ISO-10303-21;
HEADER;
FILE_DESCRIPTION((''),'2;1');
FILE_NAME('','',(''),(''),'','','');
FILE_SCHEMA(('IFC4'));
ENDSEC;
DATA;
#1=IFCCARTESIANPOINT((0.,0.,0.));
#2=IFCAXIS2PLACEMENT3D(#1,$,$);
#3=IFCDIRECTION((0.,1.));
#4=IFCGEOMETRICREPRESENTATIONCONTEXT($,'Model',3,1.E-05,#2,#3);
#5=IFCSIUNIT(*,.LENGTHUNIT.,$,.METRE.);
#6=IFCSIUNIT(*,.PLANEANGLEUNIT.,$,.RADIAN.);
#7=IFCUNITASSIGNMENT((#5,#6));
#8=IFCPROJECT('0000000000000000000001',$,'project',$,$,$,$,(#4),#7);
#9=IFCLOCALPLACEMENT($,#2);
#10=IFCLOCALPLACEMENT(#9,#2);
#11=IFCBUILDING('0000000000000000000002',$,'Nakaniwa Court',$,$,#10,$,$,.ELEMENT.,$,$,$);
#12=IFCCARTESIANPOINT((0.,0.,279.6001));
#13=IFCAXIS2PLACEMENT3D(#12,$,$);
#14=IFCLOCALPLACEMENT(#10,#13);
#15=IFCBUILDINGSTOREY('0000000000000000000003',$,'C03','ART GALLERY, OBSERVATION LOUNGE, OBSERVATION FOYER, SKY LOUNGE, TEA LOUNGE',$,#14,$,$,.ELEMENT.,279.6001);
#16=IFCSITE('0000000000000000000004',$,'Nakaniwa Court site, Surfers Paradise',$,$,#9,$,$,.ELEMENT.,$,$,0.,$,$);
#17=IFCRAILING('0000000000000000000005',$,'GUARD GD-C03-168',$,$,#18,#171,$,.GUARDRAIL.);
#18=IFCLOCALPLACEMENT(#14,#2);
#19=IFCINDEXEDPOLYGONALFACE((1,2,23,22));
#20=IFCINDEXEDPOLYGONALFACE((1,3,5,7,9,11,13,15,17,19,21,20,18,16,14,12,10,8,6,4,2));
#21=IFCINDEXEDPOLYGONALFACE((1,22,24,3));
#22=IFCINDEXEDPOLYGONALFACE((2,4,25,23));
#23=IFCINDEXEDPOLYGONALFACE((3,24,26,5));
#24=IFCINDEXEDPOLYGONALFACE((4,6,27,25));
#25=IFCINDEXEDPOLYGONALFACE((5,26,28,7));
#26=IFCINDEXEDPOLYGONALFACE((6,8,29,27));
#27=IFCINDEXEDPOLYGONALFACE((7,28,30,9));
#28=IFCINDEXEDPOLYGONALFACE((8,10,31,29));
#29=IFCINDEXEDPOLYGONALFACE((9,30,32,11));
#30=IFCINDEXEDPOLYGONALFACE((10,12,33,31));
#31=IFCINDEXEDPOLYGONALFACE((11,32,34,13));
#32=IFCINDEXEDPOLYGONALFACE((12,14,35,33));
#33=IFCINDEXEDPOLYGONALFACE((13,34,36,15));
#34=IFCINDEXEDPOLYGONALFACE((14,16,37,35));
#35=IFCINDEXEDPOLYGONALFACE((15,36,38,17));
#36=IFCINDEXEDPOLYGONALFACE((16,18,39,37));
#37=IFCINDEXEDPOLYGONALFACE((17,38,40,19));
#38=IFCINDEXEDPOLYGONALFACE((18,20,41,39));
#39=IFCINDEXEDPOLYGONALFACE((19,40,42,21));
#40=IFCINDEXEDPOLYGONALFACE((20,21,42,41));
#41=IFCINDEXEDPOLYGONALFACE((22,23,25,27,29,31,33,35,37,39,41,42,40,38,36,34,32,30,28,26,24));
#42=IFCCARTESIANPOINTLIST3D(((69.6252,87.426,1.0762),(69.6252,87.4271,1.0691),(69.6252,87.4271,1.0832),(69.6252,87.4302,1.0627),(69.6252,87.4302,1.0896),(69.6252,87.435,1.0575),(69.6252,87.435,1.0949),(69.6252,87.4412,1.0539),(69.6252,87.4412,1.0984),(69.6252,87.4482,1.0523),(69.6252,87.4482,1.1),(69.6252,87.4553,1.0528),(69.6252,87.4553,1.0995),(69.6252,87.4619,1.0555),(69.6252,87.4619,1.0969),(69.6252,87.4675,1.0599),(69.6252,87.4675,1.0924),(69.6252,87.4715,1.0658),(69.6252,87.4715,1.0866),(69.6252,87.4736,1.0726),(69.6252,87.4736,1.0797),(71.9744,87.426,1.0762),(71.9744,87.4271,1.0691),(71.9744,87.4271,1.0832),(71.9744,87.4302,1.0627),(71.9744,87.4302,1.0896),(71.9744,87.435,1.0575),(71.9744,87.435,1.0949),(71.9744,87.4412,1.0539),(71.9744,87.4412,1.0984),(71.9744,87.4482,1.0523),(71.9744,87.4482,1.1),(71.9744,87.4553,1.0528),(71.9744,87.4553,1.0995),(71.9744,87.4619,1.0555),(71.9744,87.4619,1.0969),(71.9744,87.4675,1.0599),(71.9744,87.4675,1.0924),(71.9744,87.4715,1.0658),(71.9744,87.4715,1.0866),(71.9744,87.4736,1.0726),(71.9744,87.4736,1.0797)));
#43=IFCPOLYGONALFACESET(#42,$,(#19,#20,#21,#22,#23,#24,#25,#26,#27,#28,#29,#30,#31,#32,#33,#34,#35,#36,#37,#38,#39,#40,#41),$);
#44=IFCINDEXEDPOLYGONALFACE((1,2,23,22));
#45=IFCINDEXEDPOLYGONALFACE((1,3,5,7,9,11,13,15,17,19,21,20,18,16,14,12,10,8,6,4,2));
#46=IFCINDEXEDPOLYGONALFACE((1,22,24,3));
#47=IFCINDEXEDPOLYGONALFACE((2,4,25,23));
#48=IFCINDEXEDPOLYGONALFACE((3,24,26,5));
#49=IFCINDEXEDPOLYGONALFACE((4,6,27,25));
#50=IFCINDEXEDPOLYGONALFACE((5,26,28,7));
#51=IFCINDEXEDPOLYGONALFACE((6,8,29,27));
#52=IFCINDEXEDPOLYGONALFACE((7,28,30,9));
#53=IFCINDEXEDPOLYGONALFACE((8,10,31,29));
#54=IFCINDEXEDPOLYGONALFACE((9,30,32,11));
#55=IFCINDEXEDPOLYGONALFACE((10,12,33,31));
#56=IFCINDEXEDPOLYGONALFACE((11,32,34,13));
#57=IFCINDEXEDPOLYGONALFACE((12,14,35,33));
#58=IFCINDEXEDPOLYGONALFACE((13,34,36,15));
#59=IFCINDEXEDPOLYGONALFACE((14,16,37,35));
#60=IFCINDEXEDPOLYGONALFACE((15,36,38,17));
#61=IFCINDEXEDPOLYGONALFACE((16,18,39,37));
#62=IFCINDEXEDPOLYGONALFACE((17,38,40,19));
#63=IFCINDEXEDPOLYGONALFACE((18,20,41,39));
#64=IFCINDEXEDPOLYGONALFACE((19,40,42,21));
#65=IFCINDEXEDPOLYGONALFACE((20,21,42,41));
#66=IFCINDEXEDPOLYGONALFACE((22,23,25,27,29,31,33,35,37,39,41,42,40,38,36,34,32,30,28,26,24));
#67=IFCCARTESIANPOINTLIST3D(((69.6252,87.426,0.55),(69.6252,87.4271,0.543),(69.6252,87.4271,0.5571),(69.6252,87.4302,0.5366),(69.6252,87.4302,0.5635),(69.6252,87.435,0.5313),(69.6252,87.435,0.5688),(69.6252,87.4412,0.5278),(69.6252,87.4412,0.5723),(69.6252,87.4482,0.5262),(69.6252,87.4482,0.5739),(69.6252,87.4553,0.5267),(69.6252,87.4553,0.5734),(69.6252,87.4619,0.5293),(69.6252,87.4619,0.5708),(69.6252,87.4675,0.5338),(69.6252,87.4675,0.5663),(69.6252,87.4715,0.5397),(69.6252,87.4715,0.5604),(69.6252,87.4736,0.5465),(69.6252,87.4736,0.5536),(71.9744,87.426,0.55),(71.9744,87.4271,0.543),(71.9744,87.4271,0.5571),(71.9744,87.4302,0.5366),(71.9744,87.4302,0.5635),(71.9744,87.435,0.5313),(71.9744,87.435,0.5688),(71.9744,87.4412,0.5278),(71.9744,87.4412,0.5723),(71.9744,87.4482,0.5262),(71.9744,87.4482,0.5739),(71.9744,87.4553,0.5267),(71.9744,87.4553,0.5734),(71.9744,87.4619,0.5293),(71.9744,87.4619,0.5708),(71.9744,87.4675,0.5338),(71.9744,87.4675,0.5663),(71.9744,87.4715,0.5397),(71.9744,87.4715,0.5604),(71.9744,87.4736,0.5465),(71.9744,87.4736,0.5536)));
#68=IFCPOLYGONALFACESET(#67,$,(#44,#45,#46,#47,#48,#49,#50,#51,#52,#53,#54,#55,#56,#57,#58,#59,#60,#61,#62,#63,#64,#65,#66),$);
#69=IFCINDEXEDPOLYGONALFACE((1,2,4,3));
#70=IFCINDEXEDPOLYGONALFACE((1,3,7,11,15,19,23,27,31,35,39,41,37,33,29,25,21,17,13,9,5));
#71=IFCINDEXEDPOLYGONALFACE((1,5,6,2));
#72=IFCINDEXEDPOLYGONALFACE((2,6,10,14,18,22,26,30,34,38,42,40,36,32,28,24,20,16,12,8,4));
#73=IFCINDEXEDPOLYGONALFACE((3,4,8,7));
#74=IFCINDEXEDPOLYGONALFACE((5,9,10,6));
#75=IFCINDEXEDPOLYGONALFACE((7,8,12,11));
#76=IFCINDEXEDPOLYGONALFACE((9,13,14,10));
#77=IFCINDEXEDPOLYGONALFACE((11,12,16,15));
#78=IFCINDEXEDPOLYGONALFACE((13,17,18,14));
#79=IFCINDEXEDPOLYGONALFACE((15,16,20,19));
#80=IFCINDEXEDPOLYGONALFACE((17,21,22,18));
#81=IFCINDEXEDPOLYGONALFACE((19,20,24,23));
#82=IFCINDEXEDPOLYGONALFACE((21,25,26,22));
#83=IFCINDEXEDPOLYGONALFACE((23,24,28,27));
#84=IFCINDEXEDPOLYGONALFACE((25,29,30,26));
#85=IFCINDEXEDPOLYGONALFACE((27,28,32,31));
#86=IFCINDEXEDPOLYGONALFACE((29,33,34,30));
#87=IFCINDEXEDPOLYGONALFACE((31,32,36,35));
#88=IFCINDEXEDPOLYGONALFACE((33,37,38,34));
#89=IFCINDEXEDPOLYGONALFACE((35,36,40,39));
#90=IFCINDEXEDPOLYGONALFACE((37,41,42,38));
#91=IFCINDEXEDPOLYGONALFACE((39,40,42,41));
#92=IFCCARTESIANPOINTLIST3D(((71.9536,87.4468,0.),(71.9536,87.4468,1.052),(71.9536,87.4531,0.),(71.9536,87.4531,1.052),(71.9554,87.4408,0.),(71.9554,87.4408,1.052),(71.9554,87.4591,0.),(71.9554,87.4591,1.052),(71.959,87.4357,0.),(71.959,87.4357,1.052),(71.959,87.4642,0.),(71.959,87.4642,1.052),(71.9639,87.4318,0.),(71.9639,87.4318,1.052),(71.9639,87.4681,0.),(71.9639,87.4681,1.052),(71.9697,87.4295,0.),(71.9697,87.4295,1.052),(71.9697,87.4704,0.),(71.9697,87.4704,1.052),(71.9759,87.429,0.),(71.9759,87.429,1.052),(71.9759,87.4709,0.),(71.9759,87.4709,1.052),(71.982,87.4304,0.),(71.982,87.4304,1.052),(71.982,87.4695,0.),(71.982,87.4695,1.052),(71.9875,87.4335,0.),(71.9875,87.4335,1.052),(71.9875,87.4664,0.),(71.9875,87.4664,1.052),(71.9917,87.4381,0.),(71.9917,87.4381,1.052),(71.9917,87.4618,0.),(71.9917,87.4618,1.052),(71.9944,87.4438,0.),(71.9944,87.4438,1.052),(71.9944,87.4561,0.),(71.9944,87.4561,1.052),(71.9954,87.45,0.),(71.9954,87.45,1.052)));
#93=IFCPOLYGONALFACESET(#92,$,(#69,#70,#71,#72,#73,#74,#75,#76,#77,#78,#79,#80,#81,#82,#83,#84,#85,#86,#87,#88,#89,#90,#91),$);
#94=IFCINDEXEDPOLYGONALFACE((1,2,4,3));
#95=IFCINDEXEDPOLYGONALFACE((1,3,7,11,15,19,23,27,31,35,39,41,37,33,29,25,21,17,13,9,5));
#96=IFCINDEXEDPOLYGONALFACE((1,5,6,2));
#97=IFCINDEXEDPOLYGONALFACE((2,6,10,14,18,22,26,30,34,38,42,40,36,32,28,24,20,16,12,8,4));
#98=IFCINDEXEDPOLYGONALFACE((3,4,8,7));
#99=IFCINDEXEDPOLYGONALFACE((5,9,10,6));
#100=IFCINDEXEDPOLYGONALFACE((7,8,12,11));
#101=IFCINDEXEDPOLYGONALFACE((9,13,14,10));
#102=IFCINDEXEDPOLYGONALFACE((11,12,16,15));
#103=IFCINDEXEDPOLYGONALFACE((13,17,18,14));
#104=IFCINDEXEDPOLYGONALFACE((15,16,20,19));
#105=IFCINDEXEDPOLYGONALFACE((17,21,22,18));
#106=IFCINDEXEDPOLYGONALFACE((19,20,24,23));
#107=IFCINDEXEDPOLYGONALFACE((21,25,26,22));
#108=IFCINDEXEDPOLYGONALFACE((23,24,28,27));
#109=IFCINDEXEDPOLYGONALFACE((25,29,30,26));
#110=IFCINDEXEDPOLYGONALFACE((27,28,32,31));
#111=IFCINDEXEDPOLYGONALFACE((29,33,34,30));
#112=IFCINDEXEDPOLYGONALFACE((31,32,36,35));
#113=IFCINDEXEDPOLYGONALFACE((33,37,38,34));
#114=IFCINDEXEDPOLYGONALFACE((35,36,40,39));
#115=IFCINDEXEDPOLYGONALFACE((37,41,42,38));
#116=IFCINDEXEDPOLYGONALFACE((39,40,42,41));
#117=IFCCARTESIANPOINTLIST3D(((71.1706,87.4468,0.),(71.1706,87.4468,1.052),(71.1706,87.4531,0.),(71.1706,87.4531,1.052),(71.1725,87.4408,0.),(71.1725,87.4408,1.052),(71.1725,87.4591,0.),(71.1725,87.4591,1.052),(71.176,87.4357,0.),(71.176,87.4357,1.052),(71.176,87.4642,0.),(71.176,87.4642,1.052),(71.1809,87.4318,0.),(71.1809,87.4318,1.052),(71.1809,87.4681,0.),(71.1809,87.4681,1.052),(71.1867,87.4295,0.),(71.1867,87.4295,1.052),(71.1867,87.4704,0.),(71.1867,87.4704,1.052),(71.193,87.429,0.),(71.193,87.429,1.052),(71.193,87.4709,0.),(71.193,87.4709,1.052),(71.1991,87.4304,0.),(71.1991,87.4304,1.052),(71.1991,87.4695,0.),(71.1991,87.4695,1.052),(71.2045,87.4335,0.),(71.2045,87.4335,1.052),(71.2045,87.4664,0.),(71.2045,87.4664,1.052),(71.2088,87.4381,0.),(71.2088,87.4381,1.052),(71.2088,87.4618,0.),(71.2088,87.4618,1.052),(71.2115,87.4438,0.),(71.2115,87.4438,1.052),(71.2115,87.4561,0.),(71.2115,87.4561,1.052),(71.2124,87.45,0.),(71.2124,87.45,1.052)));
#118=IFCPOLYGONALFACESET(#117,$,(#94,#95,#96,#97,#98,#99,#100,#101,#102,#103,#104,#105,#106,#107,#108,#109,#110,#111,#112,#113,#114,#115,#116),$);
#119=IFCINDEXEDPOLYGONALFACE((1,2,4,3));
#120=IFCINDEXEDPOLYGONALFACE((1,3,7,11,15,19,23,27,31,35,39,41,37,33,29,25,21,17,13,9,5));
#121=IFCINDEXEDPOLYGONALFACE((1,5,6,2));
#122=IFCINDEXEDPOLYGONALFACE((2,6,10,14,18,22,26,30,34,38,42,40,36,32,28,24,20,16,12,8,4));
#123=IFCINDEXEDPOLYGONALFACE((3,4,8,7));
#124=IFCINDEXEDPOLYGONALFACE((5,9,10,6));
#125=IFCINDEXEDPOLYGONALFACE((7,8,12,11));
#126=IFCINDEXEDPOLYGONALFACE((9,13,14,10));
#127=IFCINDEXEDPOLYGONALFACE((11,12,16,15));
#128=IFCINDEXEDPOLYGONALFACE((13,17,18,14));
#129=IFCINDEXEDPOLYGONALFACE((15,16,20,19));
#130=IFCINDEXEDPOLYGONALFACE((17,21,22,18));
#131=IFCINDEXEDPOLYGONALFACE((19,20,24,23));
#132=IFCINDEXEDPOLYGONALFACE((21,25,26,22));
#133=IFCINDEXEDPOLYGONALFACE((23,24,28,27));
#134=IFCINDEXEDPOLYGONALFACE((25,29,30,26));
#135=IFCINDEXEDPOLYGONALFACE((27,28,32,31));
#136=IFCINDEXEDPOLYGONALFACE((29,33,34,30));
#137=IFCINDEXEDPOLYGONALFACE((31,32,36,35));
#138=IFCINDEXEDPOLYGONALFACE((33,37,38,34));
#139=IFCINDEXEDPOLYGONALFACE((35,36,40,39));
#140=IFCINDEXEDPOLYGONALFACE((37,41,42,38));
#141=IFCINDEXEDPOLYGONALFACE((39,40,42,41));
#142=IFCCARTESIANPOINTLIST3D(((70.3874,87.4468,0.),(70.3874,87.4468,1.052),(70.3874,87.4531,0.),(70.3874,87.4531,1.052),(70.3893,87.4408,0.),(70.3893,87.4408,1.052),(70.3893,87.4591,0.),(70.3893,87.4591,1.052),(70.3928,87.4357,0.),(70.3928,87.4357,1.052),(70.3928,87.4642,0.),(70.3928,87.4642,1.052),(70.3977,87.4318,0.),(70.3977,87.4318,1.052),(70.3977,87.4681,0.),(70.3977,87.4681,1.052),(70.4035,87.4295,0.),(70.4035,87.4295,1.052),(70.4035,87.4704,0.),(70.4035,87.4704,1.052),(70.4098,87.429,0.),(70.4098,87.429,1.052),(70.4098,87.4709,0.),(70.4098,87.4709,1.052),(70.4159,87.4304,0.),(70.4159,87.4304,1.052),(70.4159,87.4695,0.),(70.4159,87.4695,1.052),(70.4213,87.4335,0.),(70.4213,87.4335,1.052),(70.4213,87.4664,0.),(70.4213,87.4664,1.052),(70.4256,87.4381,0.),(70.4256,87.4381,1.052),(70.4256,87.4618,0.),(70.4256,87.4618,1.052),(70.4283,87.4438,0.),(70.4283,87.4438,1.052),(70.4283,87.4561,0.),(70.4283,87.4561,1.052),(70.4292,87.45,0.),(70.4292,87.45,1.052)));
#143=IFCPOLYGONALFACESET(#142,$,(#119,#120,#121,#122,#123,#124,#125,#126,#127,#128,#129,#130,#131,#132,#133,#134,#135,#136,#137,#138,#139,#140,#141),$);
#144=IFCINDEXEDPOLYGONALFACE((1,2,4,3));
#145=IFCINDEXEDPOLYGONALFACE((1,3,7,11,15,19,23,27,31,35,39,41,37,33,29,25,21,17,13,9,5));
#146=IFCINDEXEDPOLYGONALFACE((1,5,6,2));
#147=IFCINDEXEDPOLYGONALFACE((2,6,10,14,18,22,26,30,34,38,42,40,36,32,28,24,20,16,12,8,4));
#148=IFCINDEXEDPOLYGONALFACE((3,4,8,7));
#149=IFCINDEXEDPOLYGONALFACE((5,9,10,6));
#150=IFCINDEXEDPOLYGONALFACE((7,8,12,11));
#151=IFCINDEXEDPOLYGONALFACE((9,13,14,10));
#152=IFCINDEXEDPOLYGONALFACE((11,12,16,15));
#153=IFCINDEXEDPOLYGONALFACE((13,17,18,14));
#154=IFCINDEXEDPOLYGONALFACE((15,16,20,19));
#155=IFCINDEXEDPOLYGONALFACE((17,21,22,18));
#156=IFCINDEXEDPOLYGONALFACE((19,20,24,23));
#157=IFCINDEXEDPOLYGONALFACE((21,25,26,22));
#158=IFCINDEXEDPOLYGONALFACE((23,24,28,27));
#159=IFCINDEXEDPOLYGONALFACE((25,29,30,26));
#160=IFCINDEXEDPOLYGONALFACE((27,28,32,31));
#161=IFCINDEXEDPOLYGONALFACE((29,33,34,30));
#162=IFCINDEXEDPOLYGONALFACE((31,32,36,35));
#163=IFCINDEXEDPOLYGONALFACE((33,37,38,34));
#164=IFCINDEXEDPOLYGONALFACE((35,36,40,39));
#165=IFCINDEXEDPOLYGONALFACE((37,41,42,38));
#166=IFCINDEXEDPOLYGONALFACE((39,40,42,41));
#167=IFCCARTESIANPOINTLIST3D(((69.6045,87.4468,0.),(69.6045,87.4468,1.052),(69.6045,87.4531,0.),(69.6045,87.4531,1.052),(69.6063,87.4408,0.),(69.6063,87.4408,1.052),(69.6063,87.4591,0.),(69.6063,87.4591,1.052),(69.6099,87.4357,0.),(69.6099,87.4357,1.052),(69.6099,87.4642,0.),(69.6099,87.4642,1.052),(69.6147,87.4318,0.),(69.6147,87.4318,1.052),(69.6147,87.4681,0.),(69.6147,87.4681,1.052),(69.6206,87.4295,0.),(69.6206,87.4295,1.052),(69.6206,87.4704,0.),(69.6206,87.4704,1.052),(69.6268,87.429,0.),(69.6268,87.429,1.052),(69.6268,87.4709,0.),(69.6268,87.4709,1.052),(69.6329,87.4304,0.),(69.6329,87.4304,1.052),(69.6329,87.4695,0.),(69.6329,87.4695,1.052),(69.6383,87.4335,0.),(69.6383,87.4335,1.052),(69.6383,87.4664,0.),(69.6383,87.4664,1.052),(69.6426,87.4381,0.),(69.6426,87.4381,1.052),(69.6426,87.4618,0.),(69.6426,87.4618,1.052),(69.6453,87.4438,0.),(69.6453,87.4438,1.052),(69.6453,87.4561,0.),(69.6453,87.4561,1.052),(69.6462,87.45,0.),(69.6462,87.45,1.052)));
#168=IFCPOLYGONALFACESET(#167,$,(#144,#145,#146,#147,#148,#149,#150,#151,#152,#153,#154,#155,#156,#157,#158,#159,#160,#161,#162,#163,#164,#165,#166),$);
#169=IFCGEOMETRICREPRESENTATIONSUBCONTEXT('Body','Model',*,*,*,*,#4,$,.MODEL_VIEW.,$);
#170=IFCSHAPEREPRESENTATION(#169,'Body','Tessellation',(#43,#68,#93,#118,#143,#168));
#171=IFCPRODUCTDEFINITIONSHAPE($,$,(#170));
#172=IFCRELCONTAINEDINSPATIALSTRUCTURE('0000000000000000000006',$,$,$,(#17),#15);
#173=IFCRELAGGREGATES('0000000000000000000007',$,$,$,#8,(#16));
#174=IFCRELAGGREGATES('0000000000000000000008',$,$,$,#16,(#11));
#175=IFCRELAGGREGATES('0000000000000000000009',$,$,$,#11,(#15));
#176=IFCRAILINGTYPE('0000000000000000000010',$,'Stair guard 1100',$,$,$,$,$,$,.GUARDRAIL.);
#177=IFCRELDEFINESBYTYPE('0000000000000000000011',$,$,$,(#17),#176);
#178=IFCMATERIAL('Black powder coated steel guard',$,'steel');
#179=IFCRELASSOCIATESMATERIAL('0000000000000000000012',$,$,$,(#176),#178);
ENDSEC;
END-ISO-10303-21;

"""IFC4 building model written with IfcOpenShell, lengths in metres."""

from ifc_helpers import new_model, si_unit, direction, frame, origin, origin_2d, place, context, subcontext, project, spatial, circle, extrude, material, type_object, element, save


model = new_model("IFC4")

# Units and contexts
model_context = context("Model", 3, precision=1e-05, world=origin(), true_north=direction((0.0, 1.0)))
body_context = subcontext(model_context, "Body", "Model", "MODEL_VIEW")
ifc_project = project(units=[si_unit("LENGTHUNIT", "METRE"), si_unit("PLANEANGLEUNIT", "RADIAN")], contexts=[model_context])

# Site, building, storey
site_placement = place(None, origin())
site = spatial("IfcSite", under=ifc_project, at=site_placement, Name="Nakaniwa Court site, Surfers Paradise", CompositionType="ELEMENT", RefElevation=0.0)
building_placement = place(site_placement, origin())
building = spatial("IfcBuilding", under=site, at=building_placement, Name="Nakaniwa Court", CompositionType="ELEMENT")
storey_placement = place(building_placement, frame((0.0, 0.0, 279.6001)))
storey = spatial("IfcBuildingStorey", under=building, at=storey_placement, Name="C03", Description="ART GALLERY, OBSERVATION LOUNGE, OBSERVATION FOYER, SKY LOUNGE, TEA LOUNGE", CompositionType="ELEMENT", Elevation=279.6001)

# Railing
ifc_material_1 = material(Name="Black powder coated steel guard", Category="steel")
railing_type = type_object("IfcRailingType", Name="Stair guard 1100", PredefinedType="GUARDRAIL", material=ifc_material_1)
railing_placement = place(storey_placement, frame((71.9744, 87.45, 0.0)))
element("IfcRailing", 1, at=railing_placement, inside=storey, type_object=railing_type, Name="GUARD GD-C03-168", PredefinedType="GUARDRAIL", context=body_context, shape_type="SweptSolid", body=[
    extrude(circle(Radius=0.0239, at=origin_2d()), frame((0.0, 0.0, 1.0762), z_axis=(-1.0, 0.0, 0.0), x_axis=(0.0, -1.0, 0.0)), (0.0, 0.0, 1.0), 2.3491),
    extrude(circle(Radius=0.0239, at=origin_2d()), frame((0.0, 0.0, 0.55), z_axis=(-1.0, 0.0, 0.0), x_axis=(0.0, -1.0, 0.0)), (0.0, 0.0, 1.0), 2.3491),
    extrude(circle(Radius=0.021, at=origin_2d()), origin(), (0.0, 0.0, 1.0), 1.052),
    extrude(circle(Radius=0.021, at=origin_2d()), frame((-0.783, 0.0, 0.0)), (0.0, 0.0, 1.0), 1.052),
    extrude(circle(Radius=0.021, at=origin_2d()), frame((-1.5662, 0.0, 0.0)), (0.0, 0.0, 1.0), 1.052),
    extrude(circle(Radius=0.021, at=origin_2d()), frame((-2.3491, 0.0, 0.0)), (0.0, 0.0, 1.0), 1.052),
])

save(model, "model.ifc")
